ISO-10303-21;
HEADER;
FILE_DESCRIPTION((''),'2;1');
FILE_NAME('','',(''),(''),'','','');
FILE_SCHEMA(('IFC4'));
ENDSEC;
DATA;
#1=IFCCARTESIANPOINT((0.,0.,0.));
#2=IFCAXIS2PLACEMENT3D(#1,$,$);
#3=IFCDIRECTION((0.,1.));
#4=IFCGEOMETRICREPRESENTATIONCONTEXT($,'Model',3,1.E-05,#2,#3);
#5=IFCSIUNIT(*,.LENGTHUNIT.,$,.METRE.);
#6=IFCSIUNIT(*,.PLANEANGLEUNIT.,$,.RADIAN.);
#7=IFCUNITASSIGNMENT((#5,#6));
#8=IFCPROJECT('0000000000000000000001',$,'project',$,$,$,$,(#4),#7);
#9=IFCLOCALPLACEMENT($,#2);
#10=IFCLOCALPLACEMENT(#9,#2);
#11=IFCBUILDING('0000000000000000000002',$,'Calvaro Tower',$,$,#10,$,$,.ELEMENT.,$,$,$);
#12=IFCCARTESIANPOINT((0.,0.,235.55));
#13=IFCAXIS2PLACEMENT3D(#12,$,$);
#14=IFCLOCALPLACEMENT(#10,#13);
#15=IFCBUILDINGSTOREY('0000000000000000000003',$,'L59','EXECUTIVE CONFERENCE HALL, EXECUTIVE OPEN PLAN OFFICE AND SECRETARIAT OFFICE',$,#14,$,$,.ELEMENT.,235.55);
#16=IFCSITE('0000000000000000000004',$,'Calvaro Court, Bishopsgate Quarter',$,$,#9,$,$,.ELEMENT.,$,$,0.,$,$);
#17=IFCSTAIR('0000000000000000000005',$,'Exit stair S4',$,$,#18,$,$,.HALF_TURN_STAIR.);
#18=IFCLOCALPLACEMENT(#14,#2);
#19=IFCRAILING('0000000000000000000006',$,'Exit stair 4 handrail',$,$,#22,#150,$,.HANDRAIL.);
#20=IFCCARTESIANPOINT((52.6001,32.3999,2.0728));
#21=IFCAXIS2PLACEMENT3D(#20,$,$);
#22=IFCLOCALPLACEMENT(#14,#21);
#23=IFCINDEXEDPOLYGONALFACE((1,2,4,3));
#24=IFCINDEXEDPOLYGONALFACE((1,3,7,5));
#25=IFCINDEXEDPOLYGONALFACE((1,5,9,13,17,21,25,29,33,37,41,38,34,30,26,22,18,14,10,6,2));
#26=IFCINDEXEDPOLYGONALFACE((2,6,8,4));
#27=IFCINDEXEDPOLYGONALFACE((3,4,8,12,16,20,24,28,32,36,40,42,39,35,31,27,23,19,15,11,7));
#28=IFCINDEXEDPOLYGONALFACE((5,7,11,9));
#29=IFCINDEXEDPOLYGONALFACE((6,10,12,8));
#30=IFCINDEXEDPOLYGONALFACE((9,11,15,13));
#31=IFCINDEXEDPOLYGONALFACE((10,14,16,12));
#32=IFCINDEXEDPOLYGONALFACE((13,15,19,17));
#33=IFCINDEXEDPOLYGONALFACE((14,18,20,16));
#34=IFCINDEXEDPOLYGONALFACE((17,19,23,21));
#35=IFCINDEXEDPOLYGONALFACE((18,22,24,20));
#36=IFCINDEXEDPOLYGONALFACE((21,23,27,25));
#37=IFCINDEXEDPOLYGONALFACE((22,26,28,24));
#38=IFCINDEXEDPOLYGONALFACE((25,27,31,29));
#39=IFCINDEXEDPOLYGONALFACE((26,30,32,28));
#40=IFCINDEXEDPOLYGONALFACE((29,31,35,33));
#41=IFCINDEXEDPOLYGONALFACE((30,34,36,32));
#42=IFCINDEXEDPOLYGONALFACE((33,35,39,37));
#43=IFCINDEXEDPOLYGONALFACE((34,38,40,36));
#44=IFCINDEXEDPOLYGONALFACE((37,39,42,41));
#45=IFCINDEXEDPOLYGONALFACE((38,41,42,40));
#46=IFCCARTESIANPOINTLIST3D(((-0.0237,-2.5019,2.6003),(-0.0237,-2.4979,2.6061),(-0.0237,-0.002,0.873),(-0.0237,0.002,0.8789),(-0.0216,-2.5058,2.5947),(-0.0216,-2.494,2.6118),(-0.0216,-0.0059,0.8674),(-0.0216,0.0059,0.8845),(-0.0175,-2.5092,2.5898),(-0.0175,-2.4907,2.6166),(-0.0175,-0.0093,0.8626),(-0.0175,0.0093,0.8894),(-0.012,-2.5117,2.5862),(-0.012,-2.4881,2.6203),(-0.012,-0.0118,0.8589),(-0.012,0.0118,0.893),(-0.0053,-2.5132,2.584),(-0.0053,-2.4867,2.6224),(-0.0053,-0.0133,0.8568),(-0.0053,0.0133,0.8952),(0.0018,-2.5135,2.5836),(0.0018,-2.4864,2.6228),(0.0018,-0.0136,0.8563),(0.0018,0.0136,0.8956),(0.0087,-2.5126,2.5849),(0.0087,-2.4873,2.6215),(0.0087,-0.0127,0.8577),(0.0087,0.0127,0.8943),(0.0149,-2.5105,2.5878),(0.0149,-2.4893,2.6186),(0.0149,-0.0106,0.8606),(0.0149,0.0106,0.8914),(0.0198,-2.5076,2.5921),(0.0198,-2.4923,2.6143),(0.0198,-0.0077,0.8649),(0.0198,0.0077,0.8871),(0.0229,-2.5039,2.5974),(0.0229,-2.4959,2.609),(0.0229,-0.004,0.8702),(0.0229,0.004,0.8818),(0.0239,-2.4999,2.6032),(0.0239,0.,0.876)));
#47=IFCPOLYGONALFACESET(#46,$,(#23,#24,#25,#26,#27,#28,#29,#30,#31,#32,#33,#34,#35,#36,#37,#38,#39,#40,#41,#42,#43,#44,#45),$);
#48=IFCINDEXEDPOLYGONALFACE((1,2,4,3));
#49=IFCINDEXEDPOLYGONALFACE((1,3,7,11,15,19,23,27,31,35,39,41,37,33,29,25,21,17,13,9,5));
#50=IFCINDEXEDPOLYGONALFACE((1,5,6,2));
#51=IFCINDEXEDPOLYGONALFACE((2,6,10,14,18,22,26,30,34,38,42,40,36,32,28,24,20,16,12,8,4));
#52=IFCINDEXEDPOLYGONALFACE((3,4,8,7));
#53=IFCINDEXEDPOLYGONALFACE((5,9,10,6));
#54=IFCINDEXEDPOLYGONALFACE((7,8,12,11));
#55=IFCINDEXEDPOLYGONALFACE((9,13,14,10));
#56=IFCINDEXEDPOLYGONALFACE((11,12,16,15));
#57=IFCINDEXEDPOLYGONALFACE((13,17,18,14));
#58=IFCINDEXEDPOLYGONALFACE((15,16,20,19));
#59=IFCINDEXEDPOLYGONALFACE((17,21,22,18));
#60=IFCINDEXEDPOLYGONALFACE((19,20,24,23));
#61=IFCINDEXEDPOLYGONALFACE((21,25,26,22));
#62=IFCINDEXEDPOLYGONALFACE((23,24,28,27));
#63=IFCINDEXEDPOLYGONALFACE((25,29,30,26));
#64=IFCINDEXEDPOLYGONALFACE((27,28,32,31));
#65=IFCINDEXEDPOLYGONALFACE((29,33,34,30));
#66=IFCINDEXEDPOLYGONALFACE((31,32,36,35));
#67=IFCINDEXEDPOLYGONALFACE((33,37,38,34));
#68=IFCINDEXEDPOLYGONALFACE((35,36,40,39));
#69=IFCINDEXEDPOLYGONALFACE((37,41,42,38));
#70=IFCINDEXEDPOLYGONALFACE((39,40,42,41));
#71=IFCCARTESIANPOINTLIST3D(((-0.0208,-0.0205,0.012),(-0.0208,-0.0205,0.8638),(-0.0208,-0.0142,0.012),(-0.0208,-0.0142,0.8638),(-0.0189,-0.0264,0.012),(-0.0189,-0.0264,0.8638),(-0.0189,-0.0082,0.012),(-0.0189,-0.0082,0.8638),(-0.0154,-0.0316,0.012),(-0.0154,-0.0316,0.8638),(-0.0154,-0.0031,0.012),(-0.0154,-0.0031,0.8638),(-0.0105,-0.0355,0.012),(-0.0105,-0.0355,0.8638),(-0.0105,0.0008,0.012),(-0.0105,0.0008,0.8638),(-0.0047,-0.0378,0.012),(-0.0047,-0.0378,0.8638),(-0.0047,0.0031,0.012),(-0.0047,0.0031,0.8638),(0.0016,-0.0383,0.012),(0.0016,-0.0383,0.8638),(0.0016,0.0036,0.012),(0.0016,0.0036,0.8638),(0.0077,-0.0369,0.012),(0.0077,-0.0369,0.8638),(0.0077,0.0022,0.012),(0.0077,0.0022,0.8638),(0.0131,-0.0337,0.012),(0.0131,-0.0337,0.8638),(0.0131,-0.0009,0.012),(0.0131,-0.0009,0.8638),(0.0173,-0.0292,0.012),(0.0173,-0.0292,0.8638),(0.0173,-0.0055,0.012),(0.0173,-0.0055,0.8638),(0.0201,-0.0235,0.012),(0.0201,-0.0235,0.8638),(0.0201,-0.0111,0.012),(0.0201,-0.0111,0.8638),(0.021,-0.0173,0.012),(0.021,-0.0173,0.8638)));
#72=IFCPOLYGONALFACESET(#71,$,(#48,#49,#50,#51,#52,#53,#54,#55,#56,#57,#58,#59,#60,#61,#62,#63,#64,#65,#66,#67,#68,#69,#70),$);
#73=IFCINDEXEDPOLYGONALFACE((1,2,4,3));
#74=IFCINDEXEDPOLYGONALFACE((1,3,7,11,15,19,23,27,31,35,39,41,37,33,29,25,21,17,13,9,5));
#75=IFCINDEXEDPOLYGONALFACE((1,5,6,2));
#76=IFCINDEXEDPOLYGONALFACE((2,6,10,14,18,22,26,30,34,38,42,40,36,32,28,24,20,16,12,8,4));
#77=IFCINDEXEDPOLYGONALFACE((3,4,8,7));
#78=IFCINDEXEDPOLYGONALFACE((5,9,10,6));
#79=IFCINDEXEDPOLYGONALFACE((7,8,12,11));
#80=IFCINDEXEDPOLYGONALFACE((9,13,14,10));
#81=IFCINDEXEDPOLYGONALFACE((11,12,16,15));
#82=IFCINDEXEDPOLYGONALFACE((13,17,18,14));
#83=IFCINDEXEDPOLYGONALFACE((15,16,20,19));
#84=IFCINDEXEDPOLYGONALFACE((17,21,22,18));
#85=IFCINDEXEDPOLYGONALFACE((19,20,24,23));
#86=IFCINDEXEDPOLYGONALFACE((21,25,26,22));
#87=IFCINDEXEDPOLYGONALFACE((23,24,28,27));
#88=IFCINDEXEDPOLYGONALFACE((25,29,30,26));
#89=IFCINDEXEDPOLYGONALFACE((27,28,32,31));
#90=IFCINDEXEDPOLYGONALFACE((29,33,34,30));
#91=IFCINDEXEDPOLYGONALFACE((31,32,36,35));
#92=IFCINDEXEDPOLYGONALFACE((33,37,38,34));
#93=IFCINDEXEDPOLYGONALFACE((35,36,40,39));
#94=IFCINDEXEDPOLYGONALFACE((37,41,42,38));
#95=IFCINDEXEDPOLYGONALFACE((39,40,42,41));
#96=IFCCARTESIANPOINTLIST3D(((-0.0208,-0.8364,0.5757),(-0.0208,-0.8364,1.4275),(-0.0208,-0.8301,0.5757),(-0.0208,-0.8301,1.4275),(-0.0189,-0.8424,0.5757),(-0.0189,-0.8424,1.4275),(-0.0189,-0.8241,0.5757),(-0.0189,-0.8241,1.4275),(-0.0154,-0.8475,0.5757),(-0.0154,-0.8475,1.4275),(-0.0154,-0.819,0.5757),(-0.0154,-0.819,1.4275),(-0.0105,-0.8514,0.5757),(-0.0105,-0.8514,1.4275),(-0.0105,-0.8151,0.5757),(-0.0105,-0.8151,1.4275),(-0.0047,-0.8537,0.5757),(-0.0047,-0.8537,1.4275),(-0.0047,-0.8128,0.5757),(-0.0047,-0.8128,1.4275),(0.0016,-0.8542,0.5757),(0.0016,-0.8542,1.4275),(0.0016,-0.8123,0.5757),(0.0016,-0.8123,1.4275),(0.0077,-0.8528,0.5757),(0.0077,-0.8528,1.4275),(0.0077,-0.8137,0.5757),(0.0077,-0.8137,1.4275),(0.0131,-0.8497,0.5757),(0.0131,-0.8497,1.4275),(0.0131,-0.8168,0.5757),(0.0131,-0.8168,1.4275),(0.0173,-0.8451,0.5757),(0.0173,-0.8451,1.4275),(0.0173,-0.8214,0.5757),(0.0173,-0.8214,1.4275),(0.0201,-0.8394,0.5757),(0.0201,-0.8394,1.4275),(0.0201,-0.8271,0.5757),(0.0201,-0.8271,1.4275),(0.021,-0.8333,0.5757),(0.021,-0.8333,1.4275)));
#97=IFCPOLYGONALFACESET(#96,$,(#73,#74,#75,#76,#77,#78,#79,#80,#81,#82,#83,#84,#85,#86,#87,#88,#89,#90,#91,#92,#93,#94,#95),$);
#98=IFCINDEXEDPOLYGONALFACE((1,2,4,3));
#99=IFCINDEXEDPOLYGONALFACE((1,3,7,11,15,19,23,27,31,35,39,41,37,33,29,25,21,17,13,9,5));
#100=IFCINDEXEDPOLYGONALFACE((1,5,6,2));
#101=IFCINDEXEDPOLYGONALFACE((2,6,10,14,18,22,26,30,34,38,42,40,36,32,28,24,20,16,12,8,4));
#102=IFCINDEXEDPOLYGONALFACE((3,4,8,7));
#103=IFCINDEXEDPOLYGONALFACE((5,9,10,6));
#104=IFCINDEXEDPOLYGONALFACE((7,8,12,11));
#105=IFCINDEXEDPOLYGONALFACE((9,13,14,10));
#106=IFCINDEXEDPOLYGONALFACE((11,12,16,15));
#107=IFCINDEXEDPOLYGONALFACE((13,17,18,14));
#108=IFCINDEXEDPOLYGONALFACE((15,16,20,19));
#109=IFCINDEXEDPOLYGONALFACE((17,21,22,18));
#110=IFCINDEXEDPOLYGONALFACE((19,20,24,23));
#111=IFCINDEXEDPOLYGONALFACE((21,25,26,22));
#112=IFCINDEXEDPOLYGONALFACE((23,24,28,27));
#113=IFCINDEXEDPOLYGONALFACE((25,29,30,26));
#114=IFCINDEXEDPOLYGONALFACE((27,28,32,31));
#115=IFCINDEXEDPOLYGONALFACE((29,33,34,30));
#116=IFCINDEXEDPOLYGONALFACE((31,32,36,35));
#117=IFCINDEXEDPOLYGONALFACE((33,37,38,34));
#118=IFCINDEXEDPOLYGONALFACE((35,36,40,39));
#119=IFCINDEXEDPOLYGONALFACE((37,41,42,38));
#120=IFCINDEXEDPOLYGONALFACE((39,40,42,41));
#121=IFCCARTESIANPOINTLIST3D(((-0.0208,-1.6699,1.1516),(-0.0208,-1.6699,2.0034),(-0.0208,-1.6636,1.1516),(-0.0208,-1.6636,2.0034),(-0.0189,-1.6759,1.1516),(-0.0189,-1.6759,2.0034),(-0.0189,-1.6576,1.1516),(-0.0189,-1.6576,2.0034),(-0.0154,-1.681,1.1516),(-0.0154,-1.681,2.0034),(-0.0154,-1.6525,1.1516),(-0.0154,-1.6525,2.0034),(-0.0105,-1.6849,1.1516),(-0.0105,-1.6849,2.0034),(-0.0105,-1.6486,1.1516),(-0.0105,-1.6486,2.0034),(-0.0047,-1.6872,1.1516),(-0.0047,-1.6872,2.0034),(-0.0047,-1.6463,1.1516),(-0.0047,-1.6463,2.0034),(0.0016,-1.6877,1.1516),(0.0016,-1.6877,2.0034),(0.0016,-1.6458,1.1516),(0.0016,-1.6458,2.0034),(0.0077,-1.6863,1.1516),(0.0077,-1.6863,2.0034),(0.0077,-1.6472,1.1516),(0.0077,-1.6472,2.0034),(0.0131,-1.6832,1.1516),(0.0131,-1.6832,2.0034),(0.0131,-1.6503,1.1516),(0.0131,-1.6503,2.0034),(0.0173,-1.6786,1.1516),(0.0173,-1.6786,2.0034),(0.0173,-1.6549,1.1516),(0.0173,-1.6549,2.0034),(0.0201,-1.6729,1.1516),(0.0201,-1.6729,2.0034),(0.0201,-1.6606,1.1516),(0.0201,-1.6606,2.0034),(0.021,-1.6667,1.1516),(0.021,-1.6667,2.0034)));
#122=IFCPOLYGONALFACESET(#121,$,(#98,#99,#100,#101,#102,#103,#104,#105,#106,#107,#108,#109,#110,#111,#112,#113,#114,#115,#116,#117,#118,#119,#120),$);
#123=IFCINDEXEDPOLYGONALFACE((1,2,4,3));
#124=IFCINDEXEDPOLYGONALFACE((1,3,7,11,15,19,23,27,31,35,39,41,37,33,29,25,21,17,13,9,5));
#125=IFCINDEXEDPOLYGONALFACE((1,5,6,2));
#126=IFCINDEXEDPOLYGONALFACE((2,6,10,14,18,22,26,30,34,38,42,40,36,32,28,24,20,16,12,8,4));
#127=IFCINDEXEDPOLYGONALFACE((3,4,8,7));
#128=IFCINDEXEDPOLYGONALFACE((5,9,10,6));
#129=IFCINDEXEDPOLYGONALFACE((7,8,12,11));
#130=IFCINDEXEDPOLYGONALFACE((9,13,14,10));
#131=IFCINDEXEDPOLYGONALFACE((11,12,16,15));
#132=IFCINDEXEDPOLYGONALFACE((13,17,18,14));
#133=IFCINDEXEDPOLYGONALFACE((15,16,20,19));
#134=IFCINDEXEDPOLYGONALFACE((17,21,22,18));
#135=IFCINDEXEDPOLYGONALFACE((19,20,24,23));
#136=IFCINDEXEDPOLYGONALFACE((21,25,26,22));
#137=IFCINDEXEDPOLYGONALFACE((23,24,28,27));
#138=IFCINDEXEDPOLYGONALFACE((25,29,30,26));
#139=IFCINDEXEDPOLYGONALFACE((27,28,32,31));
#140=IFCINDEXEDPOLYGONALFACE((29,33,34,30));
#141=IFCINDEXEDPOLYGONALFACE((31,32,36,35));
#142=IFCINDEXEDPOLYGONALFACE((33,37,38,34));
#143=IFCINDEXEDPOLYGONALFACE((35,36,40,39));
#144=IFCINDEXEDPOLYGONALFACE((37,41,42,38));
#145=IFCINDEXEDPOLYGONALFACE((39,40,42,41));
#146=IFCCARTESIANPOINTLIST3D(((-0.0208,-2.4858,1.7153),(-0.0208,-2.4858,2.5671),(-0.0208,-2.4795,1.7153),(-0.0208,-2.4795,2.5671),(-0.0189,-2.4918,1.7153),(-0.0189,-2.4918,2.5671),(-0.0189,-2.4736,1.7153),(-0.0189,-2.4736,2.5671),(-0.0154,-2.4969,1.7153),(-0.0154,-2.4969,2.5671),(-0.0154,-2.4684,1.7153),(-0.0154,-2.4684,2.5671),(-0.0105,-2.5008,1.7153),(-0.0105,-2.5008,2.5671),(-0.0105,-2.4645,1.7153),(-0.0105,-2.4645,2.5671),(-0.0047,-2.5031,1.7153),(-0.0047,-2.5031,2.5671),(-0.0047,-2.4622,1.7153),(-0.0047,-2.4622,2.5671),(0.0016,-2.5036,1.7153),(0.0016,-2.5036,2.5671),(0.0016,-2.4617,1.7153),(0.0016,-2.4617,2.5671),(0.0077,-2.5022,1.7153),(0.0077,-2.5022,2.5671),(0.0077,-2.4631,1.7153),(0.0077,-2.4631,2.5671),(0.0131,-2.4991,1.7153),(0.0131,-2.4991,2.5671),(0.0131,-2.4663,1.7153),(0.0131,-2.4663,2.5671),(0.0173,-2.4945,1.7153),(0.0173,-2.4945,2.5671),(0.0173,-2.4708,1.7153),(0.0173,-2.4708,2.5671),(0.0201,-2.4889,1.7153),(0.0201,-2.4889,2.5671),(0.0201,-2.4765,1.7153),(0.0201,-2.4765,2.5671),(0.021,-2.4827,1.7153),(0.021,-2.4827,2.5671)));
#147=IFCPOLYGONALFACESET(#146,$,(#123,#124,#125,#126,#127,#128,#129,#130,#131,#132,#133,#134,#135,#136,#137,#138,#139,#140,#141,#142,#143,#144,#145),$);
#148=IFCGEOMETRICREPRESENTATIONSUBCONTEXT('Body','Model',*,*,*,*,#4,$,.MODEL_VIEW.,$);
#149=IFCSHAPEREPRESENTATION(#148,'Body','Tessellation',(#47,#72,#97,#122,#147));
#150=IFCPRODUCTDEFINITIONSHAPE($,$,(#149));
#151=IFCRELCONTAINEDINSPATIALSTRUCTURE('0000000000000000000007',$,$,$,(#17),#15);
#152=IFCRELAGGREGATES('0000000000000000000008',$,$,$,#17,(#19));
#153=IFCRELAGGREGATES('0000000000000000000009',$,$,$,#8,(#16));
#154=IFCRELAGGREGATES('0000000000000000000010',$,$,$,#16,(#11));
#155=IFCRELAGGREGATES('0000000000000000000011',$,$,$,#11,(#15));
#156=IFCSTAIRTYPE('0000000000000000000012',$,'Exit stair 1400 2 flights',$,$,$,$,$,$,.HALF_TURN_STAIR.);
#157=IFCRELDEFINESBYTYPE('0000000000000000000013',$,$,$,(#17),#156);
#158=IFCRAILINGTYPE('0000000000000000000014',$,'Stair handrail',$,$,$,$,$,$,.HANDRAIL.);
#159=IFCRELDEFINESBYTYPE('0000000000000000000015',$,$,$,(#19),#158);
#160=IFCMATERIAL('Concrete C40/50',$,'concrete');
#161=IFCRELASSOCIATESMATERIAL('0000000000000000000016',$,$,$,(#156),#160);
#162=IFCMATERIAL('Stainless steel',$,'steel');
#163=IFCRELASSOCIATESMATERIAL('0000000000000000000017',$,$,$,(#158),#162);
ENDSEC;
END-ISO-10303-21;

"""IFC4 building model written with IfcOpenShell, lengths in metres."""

from ifc_helpers import new_model, si_unit, direction, frame, origin, origin_2d, place, context, subcontext, project, spatial, circle, extrude, material, type_object, element, aggregate, save


model = new_model("IFC4")

# Units and contexts
model_context = context("Model", 3, precision=1e-05, world=origin(), true_north=direction((0.0, 1.0)))
body_context = subcontext(model_context, "Body", "Model", "MODEL_VIEW")
ifc_project = project(units=[si_unit("LENGTHUNIT", "METRE"), si_unit("PLANEANGLEUNIT", "RADIAN")], contexts=[model_context])

# Site, building, storey
site_placement = place(None, origin())
site = spatial("IfcSite", under=ifc_project, at=site_placement, Name="Calvaro Court, Bishopsgate Quarter", CompositionType="ELEMENT", RefElevation=0.0)
building_placement = place(site_placement, origin())
building = spatial("IfcBuilding", under=site, at=building_placement, Name="Calvaro Tower", CompositionType="ELEMENT")
storey_placement = place(building_placement, frame((0.0, 0.0, 235.55)))
storey = spatial("IfcBuildingStorey", under=building, at=storey_placement, Name="L59", Description="EXECUTIVE CONFERENCE HALL, EXECUTIVE OPEN PLAN OFFICE AND SECRETARIAT OFFICE", CompositionType="ELEMENT", Elevation=235.55)

# Stair, railing
ifc_material_1 = material(Name="Concrete C40/50", Category="concrete")
stair_type = type_object("IfcStairType", Name="Exit stair 1400 2 flights", PredefinedType="HALF_TURN_STAIR", material=ifc_material_1)
stair_placement = place(storey_placement, origin())
stair = element("IfcStair", 1, at=stair_placement, inside=storey, type_object=stair_type, Name="Exit stair S4", PredefinedType="HALF_TURN_STAIR")
ifc_material_2 = material(Name="Stainless steel", Category="steel")
railing_type = type_object("IfcRailingType", Name="Stair handrail", PredefinedType="HANDRAIL", material=ifc_material_2)
railing_1_placement = place(storey_placement, frame((52.6001, 32.3999, 2.0728)))
railing_1 = element("IfcRailing", 2, at=railing_1_placement, type_object=railing_type, Name="Exit stair 4 handrail", PredefinedType="HANDRAIL", context=body_context, shape_type="SweptSolid", body=[
    extrude(circle(Radius=0.0239, at=origin_2d()), frame((0.0, 0.0, 0.876), z_axis=(0.0, -0.822727, 0.568437), x_axis=(1.0, 0.0, 0.0)), (0.0, 0.0, 1.0), 3.0386),
    extrude(circle(Radius=0.021, at=origin_2d()), frame((0.0, -0.0173, 0.012)), (0.0, 0.0, 1.0), 0.8518),
    extrude(circle(Radius=0.021, at=origin_2d()), frame((0.0, -0.8333, 0.5757)), (0.0, 0.0, 1.0), 0.8518),
    extrude(circle(Radius=0.021, at=origin_2d()), frame((0.0, -1.6667, 1.1516)), (0.0, 0.0, 1.0), 0.8518),
    extrude(circle(Radius=0.021, at=origin_2d()), frame((0.0, -2.4827, 1.7153)), (0.0, 0.0, 1.0), 0.8518),
])
aggregate(stair, [railing_1])

save(model, "model.ifc")
